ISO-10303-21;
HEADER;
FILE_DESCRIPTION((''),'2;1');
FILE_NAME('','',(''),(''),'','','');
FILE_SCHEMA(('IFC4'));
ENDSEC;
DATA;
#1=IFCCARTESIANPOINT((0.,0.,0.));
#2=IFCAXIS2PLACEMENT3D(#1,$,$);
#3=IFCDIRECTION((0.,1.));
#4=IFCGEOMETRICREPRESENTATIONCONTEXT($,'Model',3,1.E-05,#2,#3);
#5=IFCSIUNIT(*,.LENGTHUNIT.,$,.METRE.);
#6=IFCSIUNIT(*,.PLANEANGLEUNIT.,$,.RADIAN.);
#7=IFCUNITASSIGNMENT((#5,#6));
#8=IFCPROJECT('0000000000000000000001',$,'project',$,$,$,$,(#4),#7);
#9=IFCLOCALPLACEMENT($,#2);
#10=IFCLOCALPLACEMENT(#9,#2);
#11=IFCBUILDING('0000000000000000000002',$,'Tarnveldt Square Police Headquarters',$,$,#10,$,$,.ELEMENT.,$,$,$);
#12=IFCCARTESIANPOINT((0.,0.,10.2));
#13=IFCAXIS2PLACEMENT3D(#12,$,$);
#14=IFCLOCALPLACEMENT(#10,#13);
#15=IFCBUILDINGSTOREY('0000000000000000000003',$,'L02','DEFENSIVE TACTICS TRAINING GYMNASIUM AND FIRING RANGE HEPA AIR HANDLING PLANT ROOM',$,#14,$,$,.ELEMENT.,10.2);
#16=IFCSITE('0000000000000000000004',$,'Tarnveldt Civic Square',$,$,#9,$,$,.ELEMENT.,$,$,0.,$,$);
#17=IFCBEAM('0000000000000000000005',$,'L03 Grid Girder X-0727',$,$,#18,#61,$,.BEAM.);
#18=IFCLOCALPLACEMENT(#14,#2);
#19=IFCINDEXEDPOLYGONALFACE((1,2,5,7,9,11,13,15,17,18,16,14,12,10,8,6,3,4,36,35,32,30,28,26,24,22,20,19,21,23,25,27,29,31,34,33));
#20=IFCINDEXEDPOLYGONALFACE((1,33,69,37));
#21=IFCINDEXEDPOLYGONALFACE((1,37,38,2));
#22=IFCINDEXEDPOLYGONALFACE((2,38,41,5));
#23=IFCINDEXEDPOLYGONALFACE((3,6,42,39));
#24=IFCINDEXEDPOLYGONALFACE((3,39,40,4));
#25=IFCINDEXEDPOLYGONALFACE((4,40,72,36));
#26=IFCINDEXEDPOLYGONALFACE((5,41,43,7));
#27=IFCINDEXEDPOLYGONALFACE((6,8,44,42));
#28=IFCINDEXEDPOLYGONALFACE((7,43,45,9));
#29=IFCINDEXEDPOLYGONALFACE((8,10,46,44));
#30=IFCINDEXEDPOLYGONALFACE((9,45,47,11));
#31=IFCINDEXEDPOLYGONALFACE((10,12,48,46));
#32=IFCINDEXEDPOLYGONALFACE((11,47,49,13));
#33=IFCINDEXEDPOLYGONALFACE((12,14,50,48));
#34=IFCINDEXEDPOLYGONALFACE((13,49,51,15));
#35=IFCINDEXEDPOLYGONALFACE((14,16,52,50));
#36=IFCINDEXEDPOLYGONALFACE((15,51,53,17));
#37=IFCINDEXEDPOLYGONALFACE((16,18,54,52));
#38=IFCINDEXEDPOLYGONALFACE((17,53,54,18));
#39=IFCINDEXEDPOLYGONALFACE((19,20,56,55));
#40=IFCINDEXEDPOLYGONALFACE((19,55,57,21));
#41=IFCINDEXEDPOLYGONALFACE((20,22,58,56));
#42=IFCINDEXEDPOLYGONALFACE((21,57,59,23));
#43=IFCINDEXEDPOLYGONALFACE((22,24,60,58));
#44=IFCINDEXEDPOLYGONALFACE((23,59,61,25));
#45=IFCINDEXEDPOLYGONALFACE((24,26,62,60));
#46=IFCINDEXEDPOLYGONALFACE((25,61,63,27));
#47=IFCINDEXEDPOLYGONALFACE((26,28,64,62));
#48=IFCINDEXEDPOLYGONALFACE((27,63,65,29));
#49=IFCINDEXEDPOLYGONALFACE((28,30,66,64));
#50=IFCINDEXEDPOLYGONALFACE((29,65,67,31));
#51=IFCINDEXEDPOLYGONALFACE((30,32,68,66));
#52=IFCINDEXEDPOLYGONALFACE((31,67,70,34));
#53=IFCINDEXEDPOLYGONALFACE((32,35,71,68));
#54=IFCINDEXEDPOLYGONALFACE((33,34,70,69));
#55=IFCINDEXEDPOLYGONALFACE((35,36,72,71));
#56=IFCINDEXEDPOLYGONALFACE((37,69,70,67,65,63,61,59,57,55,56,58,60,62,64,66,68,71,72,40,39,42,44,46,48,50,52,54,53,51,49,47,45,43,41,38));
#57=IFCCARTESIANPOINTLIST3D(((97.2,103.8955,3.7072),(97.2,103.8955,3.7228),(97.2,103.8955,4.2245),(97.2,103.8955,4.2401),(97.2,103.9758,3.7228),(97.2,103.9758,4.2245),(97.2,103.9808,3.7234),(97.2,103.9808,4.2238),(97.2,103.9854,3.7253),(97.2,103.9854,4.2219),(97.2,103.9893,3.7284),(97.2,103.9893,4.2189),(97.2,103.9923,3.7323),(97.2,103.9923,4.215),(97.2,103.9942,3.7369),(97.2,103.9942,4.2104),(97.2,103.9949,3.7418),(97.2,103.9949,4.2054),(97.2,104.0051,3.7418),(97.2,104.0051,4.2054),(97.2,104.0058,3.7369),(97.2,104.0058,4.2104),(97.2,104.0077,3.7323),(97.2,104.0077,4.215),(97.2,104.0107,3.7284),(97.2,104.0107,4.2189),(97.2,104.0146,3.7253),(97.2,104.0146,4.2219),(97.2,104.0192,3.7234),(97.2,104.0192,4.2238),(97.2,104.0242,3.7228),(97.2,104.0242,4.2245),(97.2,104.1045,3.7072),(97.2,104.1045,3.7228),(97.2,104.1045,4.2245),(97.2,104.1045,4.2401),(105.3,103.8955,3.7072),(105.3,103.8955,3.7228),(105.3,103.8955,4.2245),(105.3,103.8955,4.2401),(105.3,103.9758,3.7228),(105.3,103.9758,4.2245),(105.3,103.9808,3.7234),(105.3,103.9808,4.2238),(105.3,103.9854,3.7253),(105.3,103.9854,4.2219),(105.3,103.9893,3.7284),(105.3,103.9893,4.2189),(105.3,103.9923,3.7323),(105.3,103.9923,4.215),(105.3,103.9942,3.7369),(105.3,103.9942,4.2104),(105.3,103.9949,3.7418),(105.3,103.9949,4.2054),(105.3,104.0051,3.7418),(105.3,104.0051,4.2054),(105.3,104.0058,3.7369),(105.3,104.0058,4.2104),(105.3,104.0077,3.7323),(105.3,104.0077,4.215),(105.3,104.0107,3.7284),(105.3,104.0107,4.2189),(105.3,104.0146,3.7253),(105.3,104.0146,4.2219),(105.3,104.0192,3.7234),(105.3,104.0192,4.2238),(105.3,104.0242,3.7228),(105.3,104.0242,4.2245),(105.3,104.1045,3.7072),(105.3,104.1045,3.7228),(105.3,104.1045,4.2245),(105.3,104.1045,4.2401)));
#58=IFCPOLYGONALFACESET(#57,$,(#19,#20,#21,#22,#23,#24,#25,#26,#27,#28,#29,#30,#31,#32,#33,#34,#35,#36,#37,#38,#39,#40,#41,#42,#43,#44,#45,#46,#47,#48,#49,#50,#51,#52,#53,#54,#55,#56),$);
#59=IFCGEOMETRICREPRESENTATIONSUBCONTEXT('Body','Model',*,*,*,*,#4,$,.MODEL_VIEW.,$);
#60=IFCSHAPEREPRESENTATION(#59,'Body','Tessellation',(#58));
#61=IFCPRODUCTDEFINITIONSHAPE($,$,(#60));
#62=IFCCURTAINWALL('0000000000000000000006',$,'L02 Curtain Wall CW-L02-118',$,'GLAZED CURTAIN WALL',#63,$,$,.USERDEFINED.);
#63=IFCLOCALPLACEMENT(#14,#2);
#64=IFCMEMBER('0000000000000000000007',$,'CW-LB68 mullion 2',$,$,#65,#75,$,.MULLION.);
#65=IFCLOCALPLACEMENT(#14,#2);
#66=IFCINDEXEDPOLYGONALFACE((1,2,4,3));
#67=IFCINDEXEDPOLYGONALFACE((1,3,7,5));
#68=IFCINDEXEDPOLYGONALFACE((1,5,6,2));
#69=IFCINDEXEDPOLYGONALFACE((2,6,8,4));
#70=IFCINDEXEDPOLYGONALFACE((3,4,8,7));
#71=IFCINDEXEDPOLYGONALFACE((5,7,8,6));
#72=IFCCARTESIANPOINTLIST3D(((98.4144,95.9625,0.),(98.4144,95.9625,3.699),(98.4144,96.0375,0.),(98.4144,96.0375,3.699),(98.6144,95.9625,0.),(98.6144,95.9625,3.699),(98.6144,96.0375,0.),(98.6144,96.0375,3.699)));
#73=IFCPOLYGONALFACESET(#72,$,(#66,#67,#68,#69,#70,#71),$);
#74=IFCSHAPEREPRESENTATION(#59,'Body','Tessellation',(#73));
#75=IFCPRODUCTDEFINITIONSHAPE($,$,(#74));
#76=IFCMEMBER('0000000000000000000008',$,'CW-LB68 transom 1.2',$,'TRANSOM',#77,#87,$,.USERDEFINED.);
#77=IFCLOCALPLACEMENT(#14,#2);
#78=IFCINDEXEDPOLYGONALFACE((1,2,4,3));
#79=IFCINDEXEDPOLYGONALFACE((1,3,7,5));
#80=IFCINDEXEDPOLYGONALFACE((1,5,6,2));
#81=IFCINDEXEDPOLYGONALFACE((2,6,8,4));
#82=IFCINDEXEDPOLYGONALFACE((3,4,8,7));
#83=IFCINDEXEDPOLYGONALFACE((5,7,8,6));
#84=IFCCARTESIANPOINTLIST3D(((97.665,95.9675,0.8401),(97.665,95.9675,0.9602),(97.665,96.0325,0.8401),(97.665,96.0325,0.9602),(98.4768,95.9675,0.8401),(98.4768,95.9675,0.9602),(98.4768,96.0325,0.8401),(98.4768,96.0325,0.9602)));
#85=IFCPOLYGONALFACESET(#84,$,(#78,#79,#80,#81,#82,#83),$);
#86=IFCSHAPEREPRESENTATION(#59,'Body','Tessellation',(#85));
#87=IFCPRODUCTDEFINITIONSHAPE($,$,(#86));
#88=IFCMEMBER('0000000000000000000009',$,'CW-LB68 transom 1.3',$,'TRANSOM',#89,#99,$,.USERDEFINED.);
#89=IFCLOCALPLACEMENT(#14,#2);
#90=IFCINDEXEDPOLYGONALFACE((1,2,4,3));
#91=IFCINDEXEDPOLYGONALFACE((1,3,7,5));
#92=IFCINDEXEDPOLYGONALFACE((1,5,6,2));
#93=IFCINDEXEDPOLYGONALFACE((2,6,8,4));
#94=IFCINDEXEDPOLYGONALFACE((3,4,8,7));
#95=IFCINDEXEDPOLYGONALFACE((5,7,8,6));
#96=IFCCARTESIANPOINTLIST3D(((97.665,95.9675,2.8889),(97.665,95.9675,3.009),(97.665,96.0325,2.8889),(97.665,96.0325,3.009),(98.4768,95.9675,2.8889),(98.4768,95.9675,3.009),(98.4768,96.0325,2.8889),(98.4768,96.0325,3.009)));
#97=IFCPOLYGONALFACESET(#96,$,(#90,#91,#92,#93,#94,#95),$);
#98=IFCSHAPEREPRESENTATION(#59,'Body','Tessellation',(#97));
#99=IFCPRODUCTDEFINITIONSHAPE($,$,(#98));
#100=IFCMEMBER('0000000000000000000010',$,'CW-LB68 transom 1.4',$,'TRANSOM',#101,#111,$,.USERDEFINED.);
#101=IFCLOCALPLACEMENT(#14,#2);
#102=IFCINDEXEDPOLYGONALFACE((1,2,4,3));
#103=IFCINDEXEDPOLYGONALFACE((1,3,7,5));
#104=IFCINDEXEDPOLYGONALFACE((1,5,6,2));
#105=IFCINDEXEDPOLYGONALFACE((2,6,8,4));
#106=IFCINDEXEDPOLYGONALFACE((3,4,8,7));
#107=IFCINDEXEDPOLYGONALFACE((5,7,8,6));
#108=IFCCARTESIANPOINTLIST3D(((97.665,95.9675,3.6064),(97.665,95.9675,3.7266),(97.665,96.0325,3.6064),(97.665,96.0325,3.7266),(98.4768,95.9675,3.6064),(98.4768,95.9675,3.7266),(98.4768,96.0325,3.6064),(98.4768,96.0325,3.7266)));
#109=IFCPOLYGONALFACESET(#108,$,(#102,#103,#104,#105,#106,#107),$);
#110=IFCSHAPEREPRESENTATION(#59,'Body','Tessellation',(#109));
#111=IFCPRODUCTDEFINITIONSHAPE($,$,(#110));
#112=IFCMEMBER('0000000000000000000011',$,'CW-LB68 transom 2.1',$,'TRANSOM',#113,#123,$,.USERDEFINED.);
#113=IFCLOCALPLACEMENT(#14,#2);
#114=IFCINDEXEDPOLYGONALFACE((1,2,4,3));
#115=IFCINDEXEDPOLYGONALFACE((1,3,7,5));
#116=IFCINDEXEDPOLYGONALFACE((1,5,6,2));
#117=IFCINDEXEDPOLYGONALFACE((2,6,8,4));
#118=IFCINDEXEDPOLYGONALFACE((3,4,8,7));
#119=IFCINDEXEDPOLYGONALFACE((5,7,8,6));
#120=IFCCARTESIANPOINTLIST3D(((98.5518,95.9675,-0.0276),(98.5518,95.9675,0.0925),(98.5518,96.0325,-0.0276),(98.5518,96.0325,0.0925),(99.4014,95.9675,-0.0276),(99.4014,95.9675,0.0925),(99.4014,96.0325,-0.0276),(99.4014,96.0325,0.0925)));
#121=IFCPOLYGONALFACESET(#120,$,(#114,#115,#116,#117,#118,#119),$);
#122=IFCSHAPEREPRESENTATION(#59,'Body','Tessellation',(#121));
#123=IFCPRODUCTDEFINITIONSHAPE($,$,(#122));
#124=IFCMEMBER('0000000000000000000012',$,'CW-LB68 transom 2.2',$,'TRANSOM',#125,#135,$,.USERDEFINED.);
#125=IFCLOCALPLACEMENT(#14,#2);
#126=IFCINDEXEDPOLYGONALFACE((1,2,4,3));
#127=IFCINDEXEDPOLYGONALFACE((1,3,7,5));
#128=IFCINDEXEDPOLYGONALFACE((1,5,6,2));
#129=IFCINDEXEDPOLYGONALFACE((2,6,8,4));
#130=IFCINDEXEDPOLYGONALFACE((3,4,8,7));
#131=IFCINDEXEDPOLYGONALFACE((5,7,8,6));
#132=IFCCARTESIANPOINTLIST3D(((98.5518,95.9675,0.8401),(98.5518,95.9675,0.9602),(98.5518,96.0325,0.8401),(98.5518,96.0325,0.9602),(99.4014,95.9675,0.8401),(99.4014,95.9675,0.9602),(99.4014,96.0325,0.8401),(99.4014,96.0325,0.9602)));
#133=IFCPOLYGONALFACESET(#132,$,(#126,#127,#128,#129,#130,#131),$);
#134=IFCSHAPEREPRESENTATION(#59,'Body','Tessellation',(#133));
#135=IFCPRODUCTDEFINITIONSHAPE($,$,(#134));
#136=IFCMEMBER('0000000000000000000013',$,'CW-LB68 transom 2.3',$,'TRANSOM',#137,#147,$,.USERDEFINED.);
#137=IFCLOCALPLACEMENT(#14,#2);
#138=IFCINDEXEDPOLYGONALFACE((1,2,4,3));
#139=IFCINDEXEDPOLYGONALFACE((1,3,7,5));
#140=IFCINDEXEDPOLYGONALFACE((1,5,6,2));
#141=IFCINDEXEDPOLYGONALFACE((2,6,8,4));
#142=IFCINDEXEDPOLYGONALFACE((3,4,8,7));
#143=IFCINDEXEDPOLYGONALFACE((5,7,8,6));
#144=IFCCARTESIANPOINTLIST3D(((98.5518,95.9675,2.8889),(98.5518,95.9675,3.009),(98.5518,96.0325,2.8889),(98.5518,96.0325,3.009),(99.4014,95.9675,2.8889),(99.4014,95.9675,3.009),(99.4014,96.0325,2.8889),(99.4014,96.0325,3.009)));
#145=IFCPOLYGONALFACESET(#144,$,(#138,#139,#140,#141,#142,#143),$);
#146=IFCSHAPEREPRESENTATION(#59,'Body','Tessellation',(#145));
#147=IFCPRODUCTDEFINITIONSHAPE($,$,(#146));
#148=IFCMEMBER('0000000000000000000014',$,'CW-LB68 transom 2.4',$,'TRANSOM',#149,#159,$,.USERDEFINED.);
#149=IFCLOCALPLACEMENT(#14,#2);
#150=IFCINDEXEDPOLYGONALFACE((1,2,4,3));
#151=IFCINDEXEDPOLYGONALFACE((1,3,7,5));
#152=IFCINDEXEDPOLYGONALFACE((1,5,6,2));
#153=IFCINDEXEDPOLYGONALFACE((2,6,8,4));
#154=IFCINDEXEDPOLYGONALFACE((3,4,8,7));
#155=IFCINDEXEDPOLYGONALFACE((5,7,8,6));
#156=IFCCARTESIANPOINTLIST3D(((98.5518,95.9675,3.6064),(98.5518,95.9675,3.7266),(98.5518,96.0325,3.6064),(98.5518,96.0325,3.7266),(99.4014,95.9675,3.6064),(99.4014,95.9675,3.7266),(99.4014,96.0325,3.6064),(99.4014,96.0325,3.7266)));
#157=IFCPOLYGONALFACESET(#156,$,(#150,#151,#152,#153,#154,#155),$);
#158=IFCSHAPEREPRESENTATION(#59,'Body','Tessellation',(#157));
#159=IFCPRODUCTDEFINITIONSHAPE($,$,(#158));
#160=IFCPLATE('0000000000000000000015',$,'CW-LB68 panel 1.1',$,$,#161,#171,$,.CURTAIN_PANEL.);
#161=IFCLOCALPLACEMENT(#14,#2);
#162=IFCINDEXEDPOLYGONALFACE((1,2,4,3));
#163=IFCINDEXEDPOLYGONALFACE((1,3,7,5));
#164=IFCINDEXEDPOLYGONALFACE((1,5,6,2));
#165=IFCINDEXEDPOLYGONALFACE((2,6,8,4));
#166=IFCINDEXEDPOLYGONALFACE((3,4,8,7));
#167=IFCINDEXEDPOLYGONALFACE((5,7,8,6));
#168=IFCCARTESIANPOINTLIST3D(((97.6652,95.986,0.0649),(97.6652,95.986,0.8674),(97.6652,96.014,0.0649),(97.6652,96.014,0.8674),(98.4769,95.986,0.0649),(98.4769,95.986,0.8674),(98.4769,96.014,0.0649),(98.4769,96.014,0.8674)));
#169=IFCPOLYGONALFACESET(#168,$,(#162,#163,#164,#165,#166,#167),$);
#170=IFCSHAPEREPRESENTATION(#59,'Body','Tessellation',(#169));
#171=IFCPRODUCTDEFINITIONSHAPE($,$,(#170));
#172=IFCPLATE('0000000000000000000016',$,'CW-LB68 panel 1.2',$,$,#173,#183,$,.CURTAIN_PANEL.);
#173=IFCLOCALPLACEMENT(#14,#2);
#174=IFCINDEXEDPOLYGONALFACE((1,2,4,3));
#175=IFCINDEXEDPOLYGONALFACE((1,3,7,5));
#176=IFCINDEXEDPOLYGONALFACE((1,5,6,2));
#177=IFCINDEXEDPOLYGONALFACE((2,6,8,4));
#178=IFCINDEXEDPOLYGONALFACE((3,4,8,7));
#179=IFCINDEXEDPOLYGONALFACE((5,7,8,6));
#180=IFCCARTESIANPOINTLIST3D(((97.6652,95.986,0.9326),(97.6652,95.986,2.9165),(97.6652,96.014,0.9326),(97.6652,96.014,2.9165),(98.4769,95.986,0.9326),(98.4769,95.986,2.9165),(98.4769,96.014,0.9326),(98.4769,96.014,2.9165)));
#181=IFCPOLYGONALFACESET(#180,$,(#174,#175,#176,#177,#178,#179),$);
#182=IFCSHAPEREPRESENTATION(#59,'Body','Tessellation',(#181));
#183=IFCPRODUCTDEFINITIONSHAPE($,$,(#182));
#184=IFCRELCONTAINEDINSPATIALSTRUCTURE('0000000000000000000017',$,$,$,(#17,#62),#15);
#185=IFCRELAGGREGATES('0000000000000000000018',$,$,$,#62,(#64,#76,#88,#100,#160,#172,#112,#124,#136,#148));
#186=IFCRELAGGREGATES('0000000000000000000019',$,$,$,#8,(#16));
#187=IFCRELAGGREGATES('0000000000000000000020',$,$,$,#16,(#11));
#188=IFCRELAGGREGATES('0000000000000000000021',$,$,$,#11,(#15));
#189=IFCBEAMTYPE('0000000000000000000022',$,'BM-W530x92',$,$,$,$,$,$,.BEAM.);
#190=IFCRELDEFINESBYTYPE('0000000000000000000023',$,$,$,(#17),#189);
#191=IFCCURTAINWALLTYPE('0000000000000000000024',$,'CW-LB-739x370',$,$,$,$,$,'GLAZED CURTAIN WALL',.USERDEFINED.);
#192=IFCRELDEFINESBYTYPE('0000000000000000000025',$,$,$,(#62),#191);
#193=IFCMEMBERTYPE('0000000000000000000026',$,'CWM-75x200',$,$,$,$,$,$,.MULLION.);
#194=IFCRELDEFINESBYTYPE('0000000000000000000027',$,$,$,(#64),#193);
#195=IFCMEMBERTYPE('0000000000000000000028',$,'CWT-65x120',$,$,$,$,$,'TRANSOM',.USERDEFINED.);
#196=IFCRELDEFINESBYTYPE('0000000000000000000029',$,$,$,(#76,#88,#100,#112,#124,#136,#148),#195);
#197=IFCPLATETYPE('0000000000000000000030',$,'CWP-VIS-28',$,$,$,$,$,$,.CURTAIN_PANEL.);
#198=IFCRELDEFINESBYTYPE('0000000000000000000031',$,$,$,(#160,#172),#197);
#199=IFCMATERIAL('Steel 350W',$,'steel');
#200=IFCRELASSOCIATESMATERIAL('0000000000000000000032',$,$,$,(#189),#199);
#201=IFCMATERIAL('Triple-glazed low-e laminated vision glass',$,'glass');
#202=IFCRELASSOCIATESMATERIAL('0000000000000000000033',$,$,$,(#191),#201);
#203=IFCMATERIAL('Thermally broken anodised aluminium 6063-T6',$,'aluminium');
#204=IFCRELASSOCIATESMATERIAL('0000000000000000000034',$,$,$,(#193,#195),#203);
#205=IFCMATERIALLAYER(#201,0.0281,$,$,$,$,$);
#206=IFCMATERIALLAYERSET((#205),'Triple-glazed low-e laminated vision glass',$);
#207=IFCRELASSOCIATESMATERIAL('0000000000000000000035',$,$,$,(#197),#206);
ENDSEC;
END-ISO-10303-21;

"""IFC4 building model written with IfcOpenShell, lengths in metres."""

from ifc_helpers import new_model, si_unit, direction, frame, origin, origin_2d, place, context, subcontext, project, spatial, rectangle, i_section, extrude, material, layer, layer_set, material_profile, profile_set, type_object, element, aggregate, save


model = new_model("IFC4")

# Units and contexts
model_context = context("Model", 3, precision=1e-05, world=origin(), true_north=direction((0.0, 1.0)))
body_context = subcontext(model_context, "Body", "Model", "MODEL_VIEW")
ifc_project = project(units=[si_unit("LENGTHUNIT", "METRE"), si_unit("PLANEANGLEUNIT", "RADIAN")], contexts=[model_context])

# Site, building, storey
site_placement = place(None, origin())
site = spatial("IfcSite", under=ifc_project, at=site_placement, Name="Tarnveldt Civic Square", CompositionType="ELEMENT", RefElevation=0.0)
building_placement = place(site_placement, origin())
building = spatial("IfcBuilding", under=site, at=building_placement, Name="Tarnveldt Square Police Headquarters", CompositionType="ELEMENT")
storey_placement = place(building_placement, frame((0.0, 0.0, 10.2)))
storey = spatial("IfcBuildingStorey", under=building, at=storey_placement, Name="L02", Description="DEFENSIVE TACTICS TRAINING GYMNASIUM AND FIRING RANGE HEPA AIR HANDLING PLANT ROOM", CompositionType="ELEMENT", Elevation=10.2)

# Beam
ifc_material_1 = material(Name="Steel 350W", Category="steel")
ifc_material_profile_1 = material_profile(ifc_material_1, i_section(OverallWidth=0.209, OverallDepth=0.533, WebThickness=0.0103, FlangeThickness=0.0156, FilletRadius=0.019, at=origin_2d()), Name="W530x92")
ifc_profile_set_1 = profile_set([ifc_material_profile_1], Name="Steel 350W")
beam_type_1 = type_object("IfcBeamType", Name="BM-W530x92", PredefinedType="BEAM", material=ifc_profile_set_1)
beam_1_placement = place(storey_placement, frame((97.2, 104.0, 3.9736), z_axis=(1.0, 0.0, 0.0), x_axis=(0.0, 1.0, 0.0)))
element("IfcBeam", 1, at=beam_1_placement, inside=storey, type_object=beam_type_1, Name="L03 Grid Girder X-0727", PredefinedType="BEAM", context=body_context, shape_type="SweptSolid", body=[
    extrude(i_section(OverallWidth=0.209, OverallDepth=0.533, WebThickness=0.0103, FlangeThickness=0.0156, FilletRadius=0.019, at=origin_2d()), origin(), (0.0, 0.0, 1.0), 8.1001),
])

# Curtain wall, members, plates
ifc_material_2 = material(Name="Triple-glazed low-e laminated vision glass", Category="glass")
curtain_wall_type = type_object("IfcCurtainWallType", Name="CW-LB-739x370", ElementType="GLAZED CURTAIN WALL", PredefinedType="USERDEFINED", material=ifc_material_2)
curtain_wall_placement = place(storey_placement, origin())
curtain_wall = element("IfcCurtainWall", 2, at=curtain_wall_placement, inside=storey, type_object=curtain_wall_type, Name="L02 Curtain Wall CW-L02-118", ObjectType="GLAZED CURTAIN WALL", PredefinedType="USERDEFINED")
ifc_material_3 = material(Name="Thermally broken anodised aluminium 6063-T6", Category="aluminium")
ifc_material_profile_2 = material_profile(ifc_material_3, rectangle(XDim=0.075, YDim=0.2, at=origin_2d()), Name="CW-M75x200")
ifc_profile_set_2 = profile_set([ifc_material_profile_2], Name="Thermally broken anodised aluminium 6063-T6")
member_type_1 = type_object("IfcMemberType", Name="CWM-75x200", PredefinedType="MULLION", material=ifc_profile_set_2)
member_1_placement = place(storey_placement, frame((98.5144, 96.0, 0.0), z_axis=(0.0, 0.0, 1.0), x_axis=(0.0, 1.0, 0.0)))
member_1 = element("IfcMember", 3, at=member_1_placement, type_object=member_type_1, Name="CW-LB68 mullion 2", PredefinedType="MULLION", context=body_context, shape_type="SweptSolid", body=[
    extrude(rectangle(XDim=0.075, YDim=0.2, at=origin_2d()), origin(), (0.0, 0.0, 1.0), 3.699),
])
ifc_material_profile_3 = material_profile(ifc_material_3, rectangle(XDim=0.0649, YDim=0.1201, at=origin_2d()), Name="CW-T65x120")
ifc_profile_set_3 = profile_set([ifc_material_profile_3], Name="Thermally broken anodised aluminium 6063-T6")
member_type_2 = type_object("IfcMemberType", Name="CWT-65x120", ElementType="TRANSOM", PredefinedType="USERDEFINED", material=ifc_profile_set_3)
member_2_placement = place(storey_placement, frame((97.665, 96.0, 0.9001), z_axis=(1.0, 0.0, 0.0), x_axis=(0.0, 1.0, 0.0)))
member_2 = element("IfcMember", 4, at=member_2_placement, type_object=member_type_2, Name="CW-LB68 transom 1.2", ObjectType="TRANSOM", PredefinedType="USERDEFINED", context=body_context, shape_type="SweptSolid", body=[
    extrude(rectangle(XDim=0.0649, YDim=0.1201, at=origin_2d()), origin(), (0.0, 0.0, 1.0), 0.8118),
])
member_3_placement = place(storey_placement, frame((97.665, 96.0, 2.949), z_axis=(1.0, 0.0, 0.0), x_axis=(0.0, 1.0, 0.0)))
member_3 = element("IfcMember", 5, at=member_3_placement, type_object=member_type_2, Name="CW-LB68 transom 1.3", ObjectType="TRANSOM", PredefinedType="USERDEFINED", context=body_context, shape_type="SweptSolid", body=[
    extrude(rectangle(XDim=0.0649, YDim=0.1201, at=origin_2d()), origin(), (0.0, 0.0, 1.0), 0.8118),
])
member_4_placement = place(storey_placement, frame((97.665, 96.0, 3.6665), z_axis=(1.0, 0.0, 0.0), x_axis=(0.0, 1.0, 0.0)))
member_4 = element("IfcMember", 6, at=member_4_placement, type_object=member_type_2, Name="CW-LB68 transom 1.4", ObjectType="TRANSOM", PredefinedType="USERDEFINED", context=body_context, shape_type="SweptSolid", body=[
    extrude(rectangle(XDim=0.0649, YDim=0.1201, at=origin_2d()), origin(), (0.0, 0.0, 1.0), 0.8118),
])
member_5_placement = place(storey_placement, frame((98.5518, 96.0, 0.0325), z_axis=(1.0, 0.0, 0.0), x_axis=(0.0, 1.0, 0.0)))
member_5 = element("IfcMember", 7, at=member_5_placement, type_object=member_type_2, Name="CW-LB68 transom 2.1", ObjectType="TRANSOM", PredefinedType="USERDEFINED", context=body_context, shape_type="SweptSolid", body=[
    extrude(rectangle(XDim=0.0649, YDim=0.1201, at=origin_2d()), origin(), (0.0, 0.0, 1.0), 0.8496),
])
member_6_placement = place(storey_placement, frame((98.5518, 96.0, 0.9001), z_axis=(1.0, 0.0, 0.0), x_axis=(0.0, 1.0, 0.0)))
member_6 = element("IfcMember", 8, at=member_6_placement, type_object=member_type_2, Name="CW-LB68 transom 2.2", ObjectType="TRANSOM", PredefinedType="USERDEFINED", context=body_context, shape_type="SweptSolid", body=[
    extrude(rectangle(XDim=0.0649, YDim=0.1201, at=origin_2d()), origin(), (0.0, 0.0, 1.0), 0.8496),
])
member_7_placement = place(storey_placement, frame((98.5518, 96.0, 2.949), z_axis=(1.0, 0.0, 0.0), x_axis=(0.0, 1.0, 0.0)))
member_7 = element("IfcMember", 9, at=member_7_placement, type_object=member_type_2, Name="CW-LB68 transom 2.3", ObjectType="TRANSOM", PredefinedType="USERDEFINED", context=body_context, shape_type="SweptSolid", body=[
    extrude(rectangle(XDim=0.0649, YDim=0.1201, at=origin_2d()), origin(), (0.0, 0.0, 1.0), 0.8496),
])
member_8_placement = place(storey_placement, frame((98.5518, 96.0, 3.6665), z_axis=(1.0, 0.0, 0.0), x_axis=(0.0, 1.0, 0.0)))
member_8 = element("IfcMember", 10, at=member_8_placement, type_object=member_type_2, Name="CW-LB68 transom 2.4", ObjectType="TRANSOM", PredefinedType="USERDEFINED", context=body_context, shape_type="SweptSolid", body=[
    extrude(rectangle(XDim=0.0649, YDim=0.1201, at=origin_2d()), origin(), (0.0, 0.0, 1.0), 0.8496),
])
ifc_layer_1 = layer(ifc_material_2, 0.0281)
ifc_layer_set_1 = layer_set([ifc_layer_1], Name="Triple-glazed low-e laminated vision glass")
plate_type = type_object("IfcPlateType", Name="CWP-VIS-28", PredefinedType="CURTAIN_PANEL", material=ifc_layer_set_1)
plate_1_placement = place(storey_placement, frame((98.071, 96.0, 0.0649), z_axis=(0.0, 0.0, 1.0), x_axis=(1.0, 0.0, 0.0)))
plate_1 = element("IfcPlate", 11, at=plate_1_placement, type_object=plate_type, Name="CW-LB68 panel 1.1", PredefinedType="CURTAIN_PANEL", context=body_context, shape_type="SweptSolid", body=[
    extrude(rectangle(XDim=0.8118, YDim=0.0281, at=origin_2d()), origin(), (0.0, 0.0, 1.0), 0.8025),
])
plate_2_placement = place(storey_placement, frame((98.071, 96.0, 0.9326), z_axis=(0.0, 0.0, 1.0), x_axis=(1.0, 0.0, 0.0)))
plate_2 = element("IfcPlate", 12, at=plate_2_placement, type_object=plate_type, Name="CW-LB68 panel 1.2", PredefinedType="CURTAIN_PANEL", context=body_context, shape_type="SweptSolid", body=[
    extrude(rectangle(XDim=0.8118, YDim=0.0281, at=origin_2d()), origin(), (0.0, 0.0, 1.0), 1.9839),
])
aggregate(curtain_wall, [member_1, member_2, member_3, member_4, plate_1, plate_2, member_5, member_6, member_7, member_8])

save(model, "model.ifc")
